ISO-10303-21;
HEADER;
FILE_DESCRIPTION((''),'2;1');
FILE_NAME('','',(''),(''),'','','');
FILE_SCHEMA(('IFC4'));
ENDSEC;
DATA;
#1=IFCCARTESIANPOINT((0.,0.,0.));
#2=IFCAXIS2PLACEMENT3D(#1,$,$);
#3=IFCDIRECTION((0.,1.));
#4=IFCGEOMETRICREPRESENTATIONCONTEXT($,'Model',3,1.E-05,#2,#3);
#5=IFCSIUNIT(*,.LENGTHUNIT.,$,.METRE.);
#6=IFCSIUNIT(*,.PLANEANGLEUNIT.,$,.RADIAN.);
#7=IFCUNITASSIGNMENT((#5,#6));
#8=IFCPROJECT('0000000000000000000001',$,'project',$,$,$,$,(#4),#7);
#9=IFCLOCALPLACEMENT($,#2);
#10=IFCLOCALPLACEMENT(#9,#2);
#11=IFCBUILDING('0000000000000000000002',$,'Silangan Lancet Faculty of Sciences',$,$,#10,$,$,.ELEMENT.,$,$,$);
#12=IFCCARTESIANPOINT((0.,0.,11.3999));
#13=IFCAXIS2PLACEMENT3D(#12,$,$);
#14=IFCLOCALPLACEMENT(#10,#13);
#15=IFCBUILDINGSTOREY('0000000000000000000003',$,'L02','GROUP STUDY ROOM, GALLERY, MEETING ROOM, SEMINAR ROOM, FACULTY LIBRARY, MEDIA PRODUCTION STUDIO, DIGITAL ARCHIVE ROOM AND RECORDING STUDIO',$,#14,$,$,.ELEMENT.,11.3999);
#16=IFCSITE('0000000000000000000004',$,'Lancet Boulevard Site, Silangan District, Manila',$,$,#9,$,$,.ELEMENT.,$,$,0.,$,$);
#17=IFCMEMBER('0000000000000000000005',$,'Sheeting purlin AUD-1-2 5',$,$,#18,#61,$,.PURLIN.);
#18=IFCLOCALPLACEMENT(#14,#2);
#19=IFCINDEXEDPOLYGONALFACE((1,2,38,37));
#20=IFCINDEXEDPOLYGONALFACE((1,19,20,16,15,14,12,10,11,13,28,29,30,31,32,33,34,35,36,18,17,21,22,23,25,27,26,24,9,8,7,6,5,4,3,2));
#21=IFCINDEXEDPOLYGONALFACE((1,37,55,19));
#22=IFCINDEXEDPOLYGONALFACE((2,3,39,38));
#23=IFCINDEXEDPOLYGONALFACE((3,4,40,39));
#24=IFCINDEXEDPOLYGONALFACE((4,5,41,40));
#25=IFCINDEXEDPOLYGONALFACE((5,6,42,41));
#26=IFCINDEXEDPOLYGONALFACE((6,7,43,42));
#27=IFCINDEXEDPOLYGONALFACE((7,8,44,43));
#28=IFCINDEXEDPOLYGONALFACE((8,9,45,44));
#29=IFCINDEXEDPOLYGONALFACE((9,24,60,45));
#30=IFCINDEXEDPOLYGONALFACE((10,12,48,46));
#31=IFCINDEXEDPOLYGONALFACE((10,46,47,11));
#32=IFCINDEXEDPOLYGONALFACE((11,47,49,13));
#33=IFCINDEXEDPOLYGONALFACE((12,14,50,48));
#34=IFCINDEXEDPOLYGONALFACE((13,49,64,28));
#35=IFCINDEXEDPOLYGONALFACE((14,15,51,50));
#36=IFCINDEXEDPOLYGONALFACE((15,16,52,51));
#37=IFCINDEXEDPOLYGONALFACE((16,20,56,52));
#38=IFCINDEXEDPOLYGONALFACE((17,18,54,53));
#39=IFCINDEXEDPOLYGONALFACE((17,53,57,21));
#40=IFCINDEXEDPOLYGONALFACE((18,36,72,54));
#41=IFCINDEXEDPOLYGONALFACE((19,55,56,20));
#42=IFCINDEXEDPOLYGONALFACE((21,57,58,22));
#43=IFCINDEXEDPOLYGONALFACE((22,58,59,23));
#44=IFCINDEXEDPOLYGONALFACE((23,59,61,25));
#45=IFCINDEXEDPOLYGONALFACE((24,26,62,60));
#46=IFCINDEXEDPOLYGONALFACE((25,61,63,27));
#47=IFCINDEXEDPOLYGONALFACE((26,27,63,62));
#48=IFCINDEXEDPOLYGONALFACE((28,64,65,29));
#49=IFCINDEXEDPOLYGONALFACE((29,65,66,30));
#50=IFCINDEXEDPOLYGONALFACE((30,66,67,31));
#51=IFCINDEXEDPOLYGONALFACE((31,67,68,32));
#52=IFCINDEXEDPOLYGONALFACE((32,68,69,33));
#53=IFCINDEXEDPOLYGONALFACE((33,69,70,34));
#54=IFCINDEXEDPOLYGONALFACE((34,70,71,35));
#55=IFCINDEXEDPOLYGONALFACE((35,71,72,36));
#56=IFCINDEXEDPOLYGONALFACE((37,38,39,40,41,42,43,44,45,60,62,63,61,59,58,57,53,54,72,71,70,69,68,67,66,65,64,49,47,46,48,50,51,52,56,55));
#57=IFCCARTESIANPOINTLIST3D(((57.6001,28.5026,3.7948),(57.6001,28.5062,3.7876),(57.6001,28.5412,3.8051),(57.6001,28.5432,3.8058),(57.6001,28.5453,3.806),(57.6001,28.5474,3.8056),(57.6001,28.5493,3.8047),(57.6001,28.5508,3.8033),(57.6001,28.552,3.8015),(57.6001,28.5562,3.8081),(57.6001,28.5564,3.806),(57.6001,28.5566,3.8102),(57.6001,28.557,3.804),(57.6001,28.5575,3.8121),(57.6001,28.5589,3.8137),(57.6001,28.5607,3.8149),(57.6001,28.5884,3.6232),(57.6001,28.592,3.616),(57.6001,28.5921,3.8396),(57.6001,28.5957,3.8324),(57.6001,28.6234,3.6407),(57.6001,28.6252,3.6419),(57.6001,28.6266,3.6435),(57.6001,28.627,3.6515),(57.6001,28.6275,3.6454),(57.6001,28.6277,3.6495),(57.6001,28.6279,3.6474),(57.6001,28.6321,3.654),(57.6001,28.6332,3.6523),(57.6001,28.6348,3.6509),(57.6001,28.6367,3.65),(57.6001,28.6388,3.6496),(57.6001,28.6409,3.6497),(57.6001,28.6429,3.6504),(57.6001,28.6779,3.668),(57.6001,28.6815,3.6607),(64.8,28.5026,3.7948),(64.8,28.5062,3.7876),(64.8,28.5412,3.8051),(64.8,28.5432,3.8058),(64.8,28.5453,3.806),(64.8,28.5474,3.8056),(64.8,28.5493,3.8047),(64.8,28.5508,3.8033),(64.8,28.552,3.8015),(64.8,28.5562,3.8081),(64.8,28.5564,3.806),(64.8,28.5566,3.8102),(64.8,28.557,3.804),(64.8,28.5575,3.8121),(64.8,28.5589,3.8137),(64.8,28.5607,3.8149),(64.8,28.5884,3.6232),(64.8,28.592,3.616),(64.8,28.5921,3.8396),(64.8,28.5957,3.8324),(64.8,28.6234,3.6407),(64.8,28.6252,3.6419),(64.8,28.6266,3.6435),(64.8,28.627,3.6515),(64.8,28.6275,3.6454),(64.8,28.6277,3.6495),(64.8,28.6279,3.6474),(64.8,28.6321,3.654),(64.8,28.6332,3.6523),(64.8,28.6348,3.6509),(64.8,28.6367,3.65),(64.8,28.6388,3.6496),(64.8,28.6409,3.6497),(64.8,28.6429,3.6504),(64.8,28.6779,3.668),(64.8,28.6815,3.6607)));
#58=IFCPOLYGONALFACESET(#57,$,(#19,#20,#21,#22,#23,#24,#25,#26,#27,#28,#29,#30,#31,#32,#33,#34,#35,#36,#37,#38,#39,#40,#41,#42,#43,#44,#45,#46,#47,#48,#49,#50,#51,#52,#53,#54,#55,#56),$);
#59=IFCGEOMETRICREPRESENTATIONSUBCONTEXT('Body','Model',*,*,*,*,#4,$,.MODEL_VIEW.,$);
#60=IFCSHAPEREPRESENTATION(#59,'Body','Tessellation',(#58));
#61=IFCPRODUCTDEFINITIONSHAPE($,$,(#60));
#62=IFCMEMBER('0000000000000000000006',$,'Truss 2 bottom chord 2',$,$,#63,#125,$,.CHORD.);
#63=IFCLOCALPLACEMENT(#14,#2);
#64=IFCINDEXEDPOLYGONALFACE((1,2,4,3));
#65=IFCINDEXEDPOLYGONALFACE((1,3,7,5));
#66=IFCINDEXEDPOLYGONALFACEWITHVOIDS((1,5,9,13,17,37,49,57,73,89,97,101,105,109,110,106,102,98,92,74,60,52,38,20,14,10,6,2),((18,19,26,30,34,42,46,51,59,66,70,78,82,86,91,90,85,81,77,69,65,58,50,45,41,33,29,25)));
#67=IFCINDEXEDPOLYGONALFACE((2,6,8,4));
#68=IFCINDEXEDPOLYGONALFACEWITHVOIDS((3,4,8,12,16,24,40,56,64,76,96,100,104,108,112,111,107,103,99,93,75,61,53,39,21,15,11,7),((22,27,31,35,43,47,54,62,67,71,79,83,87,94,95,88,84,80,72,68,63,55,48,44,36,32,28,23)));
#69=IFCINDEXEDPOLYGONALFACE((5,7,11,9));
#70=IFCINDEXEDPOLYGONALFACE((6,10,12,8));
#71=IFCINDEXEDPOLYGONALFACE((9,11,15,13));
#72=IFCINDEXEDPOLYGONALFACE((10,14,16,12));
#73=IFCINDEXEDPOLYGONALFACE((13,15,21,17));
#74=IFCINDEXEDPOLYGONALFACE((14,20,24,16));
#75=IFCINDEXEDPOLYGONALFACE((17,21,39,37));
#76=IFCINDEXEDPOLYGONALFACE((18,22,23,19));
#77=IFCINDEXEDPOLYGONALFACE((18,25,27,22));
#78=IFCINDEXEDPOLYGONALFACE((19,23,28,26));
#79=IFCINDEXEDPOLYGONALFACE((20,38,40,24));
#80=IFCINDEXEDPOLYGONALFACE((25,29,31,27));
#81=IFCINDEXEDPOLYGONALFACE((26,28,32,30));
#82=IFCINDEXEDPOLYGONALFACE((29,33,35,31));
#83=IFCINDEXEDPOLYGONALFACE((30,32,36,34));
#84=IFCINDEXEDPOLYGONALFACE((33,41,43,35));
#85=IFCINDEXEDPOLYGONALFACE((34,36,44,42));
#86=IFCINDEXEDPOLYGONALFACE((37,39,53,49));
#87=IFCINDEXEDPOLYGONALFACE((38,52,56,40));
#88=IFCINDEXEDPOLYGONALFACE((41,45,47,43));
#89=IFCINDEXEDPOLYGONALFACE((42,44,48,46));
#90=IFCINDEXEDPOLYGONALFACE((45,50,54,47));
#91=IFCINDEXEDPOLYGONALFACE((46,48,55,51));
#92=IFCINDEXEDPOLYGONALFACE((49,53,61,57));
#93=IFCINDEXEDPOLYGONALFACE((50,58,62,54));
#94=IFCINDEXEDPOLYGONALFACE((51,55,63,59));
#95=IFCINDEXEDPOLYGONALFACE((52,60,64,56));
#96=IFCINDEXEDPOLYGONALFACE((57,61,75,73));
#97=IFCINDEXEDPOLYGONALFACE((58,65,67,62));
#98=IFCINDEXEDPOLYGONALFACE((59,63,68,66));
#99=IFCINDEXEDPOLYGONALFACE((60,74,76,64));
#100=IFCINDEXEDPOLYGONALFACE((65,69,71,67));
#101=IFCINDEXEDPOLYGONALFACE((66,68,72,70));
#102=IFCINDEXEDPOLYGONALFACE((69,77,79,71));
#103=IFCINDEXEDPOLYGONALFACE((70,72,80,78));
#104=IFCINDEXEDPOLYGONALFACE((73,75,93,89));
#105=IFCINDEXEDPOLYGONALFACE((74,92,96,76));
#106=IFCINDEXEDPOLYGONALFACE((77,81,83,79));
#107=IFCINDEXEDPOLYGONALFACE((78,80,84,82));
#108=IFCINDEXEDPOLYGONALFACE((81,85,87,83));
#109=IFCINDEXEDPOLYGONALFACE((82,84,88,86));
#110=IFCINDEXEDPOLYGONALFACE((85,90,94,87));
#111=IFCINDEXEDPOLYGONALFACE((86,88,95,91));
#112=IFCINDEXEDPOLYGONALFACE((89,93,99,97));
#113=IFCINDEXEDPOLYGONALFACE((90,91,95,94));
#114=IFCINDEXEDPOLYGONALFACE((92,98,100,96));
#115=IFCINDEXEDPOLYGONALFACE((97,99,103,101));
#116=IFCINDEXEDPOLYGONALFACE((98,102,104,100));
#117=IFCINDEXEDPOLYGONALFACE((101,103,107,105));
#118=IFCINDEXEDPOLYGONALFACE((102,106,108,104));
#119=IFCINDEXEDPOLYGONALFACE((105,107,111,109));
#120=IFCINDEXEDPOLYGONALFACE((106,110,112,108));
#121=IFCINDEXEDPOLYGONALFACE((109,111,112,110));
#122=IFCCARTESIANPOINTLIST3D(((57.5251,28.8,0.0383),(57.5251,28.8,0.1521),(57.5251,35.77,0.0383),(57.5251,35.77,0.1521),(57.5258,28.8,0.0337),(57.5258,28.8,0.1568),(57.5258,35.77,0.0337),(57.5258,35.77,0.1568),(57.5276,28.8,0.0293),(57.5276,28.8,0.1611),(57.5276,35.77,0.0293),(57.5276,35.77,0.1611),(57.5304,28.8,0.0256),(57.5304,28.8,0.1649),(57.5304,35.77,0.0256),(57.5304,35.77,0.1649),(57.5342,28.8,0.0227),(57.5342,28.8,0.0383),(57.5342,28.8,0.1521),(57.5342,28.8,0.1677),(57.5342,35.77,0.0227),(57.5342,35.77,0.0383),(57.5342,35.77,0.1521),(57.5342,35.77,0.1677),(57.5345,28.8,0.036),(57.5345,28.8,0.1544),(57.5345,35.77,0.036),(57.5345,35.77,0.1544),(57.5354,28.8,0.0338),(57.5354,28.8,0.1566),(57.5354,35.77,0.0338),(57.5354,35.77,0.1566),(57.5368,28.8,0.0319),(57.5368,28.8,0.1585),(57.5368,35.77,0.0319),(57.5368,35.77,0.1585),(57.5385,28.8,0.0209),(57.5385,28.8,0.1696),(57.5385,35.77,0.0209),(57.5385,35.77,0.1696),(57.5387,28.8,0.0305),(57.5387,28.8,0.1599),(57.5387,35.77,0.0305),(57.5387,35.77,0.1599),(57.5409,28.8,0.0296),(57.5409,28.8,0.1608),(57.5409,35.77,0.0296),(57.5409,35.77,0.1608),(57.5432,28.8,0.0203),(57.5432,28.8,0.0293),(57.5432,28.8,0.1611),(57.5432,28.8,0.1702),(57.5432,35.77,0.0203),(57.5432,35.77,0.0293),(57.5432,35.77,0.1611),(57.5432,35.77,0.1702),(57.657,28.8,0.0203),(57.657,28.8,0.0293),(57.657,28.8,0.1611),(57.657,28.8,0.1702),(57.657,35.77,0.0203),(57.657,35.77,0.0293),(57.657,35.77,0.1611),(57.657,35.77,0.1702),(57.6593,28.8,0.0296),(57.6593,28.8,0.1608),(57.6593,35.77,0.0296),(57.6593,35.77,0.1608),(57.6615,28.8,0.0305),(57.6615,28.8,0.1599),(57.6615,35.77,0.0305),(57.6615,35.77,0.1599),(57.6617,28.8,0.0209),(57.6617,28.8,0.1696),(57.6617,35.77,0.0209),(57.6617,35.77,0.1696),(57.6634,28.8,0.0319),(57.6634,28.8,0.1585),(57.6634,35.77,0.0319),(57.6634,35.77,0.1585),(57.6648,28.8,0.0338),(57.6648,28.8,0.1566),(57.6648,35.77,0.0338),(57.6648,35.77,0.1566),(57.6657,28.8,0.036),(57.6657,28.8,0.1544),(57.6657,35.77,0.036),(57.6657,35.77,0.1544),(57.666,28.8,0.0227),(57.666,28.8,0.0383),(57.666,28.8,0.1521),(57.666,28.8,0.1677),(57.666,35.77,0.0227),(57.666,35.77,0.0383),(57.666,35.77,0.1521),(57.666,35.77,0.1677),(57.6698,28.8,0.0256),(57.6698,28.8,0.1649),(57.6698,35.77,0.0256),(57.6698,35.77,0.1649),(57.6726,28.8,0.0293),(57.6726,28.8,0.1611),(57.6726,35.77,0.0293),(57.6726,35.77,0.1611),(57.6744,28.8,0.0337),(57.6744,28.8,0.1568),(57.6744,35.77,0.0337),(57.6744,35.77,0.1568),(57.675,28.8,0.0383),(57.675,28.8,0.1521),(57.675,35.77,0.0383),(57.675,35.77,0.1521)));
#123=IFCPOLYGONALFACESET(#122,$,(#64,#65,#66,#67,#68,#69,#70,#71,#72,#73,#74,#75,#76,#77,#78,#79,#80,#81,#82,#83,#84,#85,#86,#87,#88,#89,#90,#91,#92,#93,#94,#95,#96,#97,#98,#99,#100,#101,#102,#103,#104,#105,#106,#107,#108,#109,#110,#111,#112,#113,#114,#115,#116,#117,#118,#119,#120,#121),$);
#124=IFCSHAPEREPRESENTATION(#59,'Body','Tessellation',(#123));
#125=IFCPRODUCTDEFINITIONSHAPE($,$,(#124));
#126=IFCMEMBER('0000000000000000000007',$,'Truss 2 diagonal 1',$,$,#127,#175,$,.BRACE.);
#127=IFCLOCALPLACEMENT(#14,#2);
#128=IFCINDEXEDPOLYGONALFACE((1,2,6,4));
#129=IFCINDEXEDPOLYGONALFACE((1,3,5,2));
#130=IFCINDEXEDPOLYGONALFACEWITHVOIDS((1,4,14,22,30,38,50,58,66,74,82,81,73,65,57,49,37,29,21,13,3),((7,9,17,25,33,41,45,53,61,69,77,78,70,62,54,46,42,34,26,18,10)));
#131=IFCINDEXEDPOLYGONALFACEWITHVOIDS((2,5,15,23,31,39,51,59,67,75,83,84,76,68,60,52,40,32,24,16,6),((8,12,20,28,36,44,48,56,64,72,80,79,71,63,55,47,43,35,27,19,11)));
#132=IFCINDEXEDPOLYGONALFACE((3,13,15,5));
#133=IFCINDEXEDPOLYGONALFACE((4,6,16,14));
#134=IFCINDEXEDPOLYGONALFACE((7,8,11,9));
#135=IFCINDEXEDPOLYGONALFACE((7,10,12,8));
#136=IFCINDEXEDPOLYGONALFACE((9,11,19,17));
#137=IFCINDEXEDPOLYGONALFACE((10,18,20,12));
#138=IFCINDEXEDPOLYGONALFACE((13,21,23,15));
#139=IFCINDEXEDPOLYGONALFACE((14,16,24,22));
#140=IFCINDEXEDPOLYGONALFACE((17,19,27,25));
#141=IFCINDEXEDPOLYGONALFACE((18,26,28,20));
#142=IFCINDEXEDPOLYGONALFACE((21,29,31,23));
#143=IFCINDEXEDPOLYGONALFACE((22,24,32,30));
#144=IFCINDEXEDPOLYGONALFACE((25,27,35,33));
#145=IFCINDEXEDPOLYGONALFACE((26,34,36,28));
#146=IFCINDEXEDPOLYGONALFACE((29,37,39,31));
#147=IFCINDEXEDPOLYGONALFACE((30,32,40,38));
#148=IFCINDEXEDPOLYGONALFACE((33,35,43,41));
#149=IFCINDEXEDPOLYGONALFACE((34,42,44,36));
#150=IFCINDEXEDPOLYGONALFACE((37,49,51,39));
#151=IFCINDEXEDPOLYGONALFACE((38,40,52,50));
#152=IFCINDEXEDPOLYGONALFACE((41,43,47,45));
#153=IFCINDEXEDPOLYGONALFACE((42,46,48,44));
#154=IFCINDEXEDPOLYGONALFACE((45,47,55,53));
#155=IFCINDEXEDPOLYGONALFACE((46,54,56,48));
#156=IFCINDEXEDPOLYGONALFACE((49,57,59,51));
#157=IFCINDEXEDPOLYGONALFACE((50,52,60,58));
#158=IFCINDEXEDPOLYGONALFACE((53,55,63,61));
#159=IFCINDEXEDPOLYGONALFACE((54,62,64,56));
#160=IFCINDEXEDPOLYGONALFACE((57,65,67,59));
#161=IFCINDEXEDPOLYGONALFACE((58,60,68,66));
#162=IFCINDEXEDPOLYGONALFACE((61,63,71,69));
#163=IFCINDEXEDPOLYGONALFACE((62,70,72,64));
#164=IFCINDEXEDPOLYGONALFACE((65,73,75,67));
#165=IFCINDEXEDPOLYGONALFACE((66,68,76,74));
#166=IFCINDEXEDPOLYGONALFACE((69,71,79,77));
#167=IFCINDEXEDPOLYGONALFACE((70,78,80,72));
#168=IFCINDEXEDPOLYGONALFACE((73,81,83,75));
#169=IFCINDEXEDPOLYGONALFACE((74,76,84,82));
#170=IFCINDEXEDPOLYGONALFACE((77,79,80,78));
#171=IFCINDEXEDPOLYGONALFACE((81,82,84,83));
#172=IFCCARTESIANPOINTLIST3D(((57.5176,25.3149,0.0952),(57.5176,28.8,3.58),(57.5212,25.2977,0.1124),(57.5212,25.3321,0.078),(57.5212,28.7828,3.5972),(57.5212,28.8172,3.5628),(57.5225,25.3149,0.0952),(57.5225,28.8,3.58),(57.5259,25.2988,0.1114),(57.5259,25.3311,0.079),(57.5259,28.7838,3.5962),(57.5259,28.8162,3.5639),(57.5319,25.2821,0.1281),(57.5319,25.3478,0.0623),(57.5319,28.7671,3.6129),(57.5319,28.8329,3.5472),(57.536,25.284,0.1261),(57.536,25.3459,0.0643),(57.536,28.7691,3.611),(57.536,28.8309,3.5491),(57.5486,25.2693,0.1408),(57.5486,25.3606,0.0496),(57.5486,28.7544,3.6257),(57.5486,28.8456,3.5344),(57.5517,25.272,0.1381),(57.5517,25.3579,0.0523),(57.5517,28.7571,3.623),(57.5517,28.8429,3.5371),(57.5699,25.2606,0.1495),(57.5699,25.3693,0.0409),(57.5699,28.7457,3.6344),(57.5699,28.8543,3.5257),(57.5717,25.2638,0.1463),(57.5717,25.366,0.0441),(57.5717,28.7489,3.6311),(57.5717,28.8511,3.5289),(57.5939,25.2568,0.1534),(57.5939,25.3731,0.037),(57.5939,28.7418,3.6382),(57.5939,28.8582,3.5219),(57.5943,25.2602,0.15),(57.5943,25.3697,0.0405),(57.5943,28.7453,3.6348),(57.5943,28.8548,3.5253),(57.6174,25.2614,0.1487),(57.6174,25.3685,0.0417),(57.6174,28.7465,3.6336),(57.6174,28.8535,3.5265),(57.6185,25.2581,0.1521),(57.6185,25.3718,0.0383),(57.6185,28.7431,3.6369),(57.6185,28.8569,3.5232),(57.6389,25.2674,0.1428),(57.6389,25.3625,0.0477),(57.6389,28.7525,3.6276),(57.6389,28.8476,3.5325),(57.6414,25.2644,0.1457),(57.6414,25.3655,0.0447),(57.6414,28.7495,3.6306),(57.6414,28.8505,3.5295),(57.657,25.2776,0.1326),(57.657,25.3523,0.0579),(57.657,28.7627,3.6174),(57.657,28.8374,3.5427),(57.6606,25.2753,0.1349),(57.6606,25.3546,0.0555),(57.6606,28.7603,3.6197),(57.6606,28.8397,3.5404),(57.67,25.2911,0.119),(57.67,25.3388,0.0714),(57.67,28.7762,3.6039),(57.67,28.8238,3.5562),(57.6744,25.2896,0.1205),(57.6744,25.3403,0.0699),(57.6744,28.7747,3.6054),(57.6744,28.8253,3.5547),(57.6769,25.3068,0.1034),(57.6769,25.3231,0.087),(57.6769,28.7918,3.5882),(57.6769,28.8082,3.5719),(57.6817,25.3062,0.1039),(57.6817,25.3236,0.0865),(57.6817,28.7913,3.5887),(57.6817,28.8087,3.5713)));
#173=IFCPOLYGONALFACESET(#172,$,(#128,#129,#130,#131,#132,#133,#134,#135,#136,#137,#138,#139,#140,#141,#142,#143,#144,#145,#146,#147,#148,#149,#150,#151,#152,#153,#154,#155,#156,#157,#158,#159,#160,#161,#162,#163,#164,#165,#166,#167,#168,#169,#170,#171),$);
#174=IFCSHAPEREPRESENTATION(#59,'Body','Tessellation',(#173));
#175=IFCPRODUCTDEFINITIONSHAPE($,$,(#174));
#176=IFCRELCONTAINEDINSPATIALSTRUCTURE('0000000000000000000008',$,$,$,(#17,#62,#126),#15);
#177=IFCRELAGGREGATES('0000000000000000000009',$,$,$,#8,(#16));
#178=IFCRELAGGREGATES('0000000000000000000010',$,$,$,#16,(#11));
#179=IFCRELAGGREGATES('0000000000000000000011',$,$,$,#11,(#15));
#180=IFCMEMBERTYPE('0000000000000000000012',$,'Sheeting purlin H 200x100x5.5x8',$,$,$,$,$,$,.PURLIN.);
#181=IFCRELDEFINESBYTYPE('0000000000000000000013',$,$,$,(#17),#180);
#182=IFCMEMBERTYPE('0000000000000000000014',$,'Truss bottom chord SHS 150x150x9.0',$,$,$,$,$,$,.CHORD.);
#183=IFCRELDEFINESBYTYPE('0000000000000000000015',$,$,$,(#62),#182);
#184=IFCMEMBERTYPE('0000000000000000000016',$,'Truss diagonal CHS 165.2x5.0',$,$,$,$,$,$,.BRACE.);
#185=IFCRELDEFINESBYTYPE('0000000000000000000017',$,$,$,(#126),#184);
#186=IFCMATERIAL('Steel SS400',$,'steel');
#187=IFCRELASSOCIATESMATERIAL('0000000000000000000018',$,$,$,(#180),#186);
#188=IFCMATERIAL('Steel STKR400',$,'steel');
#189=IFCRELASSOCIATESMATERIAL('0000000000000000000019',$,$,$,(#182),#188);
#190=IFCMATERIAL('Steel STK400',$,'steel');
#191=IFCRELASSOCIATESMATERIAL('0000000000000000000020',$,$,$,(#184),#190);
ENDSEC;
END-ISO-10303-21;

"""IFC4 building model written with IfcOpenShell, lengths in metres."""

from ifc_helpers import new_model, si_unit, direction, frame, origin, origin_2d, place, context, subcontext, project, spatial, hollow_rectangle, hollow_circle, i_section, extrude, material, material_profile, profile_set, type_object, element, save


model = new_model("IFC4")

# Units and contexts
model_context = context("Model", 3, precision=1e-05, world=origin(), true_north=direction((0.0, 1.0)))
body_context = subcontext(model_context, "Body", "Model", "MODEL_VIEW")
ifc_project = project(units=[si_unit("LENGTHUNIT", "METRE"), si_unit("PLANEANGLEUNIT", "RADIAN")], contexts=[model_context])

# Site, building, storey
site_placement = place(None, origin())
site = spatial("IfcSite", under=ifc_project, at=site_placement, Name="Lancet Boulevard Site, Silangan District, Manila", CompositionType="ELEMENT", RefElevation=0.0)
building_placement = place(site_placement, origin())
building = spatial("IfcBuilding", under=site, at=building_placement, Name="Silangan Lancet Faculty of Sciences", CompositionType="ELEMENT")
storey_placement = place(building_placement, frame((0.0, 0.0, 11.3999)))
storey = spatial("IfcBuildingStorey", under=building, at=storey_placement, Name="L02", Description="GROUP STUDY ROOM, GALLERY, MEETING ROOM, SEMINAR ROOM, FACULTY LIBRARY, MEDIA PRODUCTION STUDIO, DIGITAL ARCHIVE ROOM AND RECORDING STUDIO", CompositionType="ELEMENT", Elevation=11.3999)

# Members
ifc_material_1 = material(Name="Steel SS400", Category="steel")
ifc_material_profile_1 = material_profile(ifc_material_1, i_section(OverallWidth=0.1001, OverallDepth=0.2, WebThickness=0.0056, FlangeThickness=0.0081, FilletRadius=0.0081, at=origin_2d()), Name="H 200x100x5.5x8")
ifc_profile_set_1 = profile_set([ifc_material_profile_1], Name="Steel SS400")
member_type_1 = type_object("IfcMemberType", Name="Sheeting purlin H 200x100x5.5x8", PredefinedType="PURLIN", material=ifc_profile_set_1)
for number, where, z_axis, x_axis, name in (
    (1, (57.6001, 28.592, 3.7278), (1.0, 0.0, 0.0), (0.0, 0.894427, 0.447214), "Sheeting purlin AUD-1-2 5"),
):
    element("IfcMember", number, at=place(storey_placement, frame(where, z_axis=z_axis, x_axis=x_axis)), inside=storey, type_object=member_type_1, Name=name, PredefinedType="PURLIN", context=body_context, shape_type="SweptSolid", body=[
        extrude(i_section(OverallWidth=0.1001, OverallDepth=0.2, WebThickness=0.0056, FlangeThickness=0.0081, FilletRadius=0.0081, at=origin_2d()), origin(), (0.0, 0.0, 1.0), 7.2),
    ])
ifc_material_2 = material(Name="Steel STKR400", Category="steel")
ifc_material_profile_2 = material_profile(ifc_material_2, hollow_rectangle(XDim=0.1499, YDim=0.1499, WallThickness=0.009, InnerFilletRadius=0.009, OuterFilletRadius=0.0181, at=origin_2d()), Name="SHS 150x150x9.0")
ifc_profile_set_2 = profile_set([ifc_material_profile_2], Name="Steel STKR400")
member_type_2 = type_object("IfcMemberType", Name="Truss bottom chord SHS 150x150x9.0", PredefinedType="CHORD", material=ifc_profile_set_2)
member_1_placement = place(storey_placement, frame((57.6001, 28.8, 0.0952), z_axis=(0.0, 1.0, 0.0), x_axis=(-1.0, 0.0, 0.0)))
element("IfcMember", 2, at=member_1_placement, inside=storey, type_object=member_type_2, Name="Truss 2 bottom chord 2", PredefinedType="CHORD", context=body_context, shape_type="SweptSolid", body=[
    extrude(hollow_rectangle(XDim=0.1499, YDim=0.1499, WallThickness=0.009, InnerFilletRadius=0.009, OuterFilletRadius=0.0181, at=origin_2d()), origin(), (0.0, 0.0, 1.0), 6.97),
])
ifc_material_3 = material(Name="Steel STK400", Category="steel")
ifc_material_profile_3 = material_profile(ifc_material_3, hollow_circle(Radius=0.0825, WallThickness=0.0049, at=origin_2d()), Name="CHS 165.2x5.0")
ifc_profile_set_3 = profile_set([ifc_material_profile_3], Name="Steel STK400")
member_type_3 = type_object("IfcMemberType", Name="Truss diagonal CHS 165.2x5.0", PredefinedType="BRACE", material=ifc_profile_set_3)
member_2_placement = place(storey_placement, frame((57.6001, 25.3149, 0.0952), z_axis=(0.0, 0.707132, 0.707082), x_axis=(-1.0, 0.0, 0.0)))
element("IfcMember", 3, at=member_2_placement, inside=storey, type_object=member_type_3, Name="Truss 2 diagonal 1", PredefinedType="BRACE", context=body_context, shape_type="SweptSolid", body=[
    extrude(hollow_circle(Radius=0.0825, WallThickness=0.0049, at=origin_2d()), origin(), (0.0, 0.0, 1.0), 4.9285),
])

save(model, "model.ifc")
